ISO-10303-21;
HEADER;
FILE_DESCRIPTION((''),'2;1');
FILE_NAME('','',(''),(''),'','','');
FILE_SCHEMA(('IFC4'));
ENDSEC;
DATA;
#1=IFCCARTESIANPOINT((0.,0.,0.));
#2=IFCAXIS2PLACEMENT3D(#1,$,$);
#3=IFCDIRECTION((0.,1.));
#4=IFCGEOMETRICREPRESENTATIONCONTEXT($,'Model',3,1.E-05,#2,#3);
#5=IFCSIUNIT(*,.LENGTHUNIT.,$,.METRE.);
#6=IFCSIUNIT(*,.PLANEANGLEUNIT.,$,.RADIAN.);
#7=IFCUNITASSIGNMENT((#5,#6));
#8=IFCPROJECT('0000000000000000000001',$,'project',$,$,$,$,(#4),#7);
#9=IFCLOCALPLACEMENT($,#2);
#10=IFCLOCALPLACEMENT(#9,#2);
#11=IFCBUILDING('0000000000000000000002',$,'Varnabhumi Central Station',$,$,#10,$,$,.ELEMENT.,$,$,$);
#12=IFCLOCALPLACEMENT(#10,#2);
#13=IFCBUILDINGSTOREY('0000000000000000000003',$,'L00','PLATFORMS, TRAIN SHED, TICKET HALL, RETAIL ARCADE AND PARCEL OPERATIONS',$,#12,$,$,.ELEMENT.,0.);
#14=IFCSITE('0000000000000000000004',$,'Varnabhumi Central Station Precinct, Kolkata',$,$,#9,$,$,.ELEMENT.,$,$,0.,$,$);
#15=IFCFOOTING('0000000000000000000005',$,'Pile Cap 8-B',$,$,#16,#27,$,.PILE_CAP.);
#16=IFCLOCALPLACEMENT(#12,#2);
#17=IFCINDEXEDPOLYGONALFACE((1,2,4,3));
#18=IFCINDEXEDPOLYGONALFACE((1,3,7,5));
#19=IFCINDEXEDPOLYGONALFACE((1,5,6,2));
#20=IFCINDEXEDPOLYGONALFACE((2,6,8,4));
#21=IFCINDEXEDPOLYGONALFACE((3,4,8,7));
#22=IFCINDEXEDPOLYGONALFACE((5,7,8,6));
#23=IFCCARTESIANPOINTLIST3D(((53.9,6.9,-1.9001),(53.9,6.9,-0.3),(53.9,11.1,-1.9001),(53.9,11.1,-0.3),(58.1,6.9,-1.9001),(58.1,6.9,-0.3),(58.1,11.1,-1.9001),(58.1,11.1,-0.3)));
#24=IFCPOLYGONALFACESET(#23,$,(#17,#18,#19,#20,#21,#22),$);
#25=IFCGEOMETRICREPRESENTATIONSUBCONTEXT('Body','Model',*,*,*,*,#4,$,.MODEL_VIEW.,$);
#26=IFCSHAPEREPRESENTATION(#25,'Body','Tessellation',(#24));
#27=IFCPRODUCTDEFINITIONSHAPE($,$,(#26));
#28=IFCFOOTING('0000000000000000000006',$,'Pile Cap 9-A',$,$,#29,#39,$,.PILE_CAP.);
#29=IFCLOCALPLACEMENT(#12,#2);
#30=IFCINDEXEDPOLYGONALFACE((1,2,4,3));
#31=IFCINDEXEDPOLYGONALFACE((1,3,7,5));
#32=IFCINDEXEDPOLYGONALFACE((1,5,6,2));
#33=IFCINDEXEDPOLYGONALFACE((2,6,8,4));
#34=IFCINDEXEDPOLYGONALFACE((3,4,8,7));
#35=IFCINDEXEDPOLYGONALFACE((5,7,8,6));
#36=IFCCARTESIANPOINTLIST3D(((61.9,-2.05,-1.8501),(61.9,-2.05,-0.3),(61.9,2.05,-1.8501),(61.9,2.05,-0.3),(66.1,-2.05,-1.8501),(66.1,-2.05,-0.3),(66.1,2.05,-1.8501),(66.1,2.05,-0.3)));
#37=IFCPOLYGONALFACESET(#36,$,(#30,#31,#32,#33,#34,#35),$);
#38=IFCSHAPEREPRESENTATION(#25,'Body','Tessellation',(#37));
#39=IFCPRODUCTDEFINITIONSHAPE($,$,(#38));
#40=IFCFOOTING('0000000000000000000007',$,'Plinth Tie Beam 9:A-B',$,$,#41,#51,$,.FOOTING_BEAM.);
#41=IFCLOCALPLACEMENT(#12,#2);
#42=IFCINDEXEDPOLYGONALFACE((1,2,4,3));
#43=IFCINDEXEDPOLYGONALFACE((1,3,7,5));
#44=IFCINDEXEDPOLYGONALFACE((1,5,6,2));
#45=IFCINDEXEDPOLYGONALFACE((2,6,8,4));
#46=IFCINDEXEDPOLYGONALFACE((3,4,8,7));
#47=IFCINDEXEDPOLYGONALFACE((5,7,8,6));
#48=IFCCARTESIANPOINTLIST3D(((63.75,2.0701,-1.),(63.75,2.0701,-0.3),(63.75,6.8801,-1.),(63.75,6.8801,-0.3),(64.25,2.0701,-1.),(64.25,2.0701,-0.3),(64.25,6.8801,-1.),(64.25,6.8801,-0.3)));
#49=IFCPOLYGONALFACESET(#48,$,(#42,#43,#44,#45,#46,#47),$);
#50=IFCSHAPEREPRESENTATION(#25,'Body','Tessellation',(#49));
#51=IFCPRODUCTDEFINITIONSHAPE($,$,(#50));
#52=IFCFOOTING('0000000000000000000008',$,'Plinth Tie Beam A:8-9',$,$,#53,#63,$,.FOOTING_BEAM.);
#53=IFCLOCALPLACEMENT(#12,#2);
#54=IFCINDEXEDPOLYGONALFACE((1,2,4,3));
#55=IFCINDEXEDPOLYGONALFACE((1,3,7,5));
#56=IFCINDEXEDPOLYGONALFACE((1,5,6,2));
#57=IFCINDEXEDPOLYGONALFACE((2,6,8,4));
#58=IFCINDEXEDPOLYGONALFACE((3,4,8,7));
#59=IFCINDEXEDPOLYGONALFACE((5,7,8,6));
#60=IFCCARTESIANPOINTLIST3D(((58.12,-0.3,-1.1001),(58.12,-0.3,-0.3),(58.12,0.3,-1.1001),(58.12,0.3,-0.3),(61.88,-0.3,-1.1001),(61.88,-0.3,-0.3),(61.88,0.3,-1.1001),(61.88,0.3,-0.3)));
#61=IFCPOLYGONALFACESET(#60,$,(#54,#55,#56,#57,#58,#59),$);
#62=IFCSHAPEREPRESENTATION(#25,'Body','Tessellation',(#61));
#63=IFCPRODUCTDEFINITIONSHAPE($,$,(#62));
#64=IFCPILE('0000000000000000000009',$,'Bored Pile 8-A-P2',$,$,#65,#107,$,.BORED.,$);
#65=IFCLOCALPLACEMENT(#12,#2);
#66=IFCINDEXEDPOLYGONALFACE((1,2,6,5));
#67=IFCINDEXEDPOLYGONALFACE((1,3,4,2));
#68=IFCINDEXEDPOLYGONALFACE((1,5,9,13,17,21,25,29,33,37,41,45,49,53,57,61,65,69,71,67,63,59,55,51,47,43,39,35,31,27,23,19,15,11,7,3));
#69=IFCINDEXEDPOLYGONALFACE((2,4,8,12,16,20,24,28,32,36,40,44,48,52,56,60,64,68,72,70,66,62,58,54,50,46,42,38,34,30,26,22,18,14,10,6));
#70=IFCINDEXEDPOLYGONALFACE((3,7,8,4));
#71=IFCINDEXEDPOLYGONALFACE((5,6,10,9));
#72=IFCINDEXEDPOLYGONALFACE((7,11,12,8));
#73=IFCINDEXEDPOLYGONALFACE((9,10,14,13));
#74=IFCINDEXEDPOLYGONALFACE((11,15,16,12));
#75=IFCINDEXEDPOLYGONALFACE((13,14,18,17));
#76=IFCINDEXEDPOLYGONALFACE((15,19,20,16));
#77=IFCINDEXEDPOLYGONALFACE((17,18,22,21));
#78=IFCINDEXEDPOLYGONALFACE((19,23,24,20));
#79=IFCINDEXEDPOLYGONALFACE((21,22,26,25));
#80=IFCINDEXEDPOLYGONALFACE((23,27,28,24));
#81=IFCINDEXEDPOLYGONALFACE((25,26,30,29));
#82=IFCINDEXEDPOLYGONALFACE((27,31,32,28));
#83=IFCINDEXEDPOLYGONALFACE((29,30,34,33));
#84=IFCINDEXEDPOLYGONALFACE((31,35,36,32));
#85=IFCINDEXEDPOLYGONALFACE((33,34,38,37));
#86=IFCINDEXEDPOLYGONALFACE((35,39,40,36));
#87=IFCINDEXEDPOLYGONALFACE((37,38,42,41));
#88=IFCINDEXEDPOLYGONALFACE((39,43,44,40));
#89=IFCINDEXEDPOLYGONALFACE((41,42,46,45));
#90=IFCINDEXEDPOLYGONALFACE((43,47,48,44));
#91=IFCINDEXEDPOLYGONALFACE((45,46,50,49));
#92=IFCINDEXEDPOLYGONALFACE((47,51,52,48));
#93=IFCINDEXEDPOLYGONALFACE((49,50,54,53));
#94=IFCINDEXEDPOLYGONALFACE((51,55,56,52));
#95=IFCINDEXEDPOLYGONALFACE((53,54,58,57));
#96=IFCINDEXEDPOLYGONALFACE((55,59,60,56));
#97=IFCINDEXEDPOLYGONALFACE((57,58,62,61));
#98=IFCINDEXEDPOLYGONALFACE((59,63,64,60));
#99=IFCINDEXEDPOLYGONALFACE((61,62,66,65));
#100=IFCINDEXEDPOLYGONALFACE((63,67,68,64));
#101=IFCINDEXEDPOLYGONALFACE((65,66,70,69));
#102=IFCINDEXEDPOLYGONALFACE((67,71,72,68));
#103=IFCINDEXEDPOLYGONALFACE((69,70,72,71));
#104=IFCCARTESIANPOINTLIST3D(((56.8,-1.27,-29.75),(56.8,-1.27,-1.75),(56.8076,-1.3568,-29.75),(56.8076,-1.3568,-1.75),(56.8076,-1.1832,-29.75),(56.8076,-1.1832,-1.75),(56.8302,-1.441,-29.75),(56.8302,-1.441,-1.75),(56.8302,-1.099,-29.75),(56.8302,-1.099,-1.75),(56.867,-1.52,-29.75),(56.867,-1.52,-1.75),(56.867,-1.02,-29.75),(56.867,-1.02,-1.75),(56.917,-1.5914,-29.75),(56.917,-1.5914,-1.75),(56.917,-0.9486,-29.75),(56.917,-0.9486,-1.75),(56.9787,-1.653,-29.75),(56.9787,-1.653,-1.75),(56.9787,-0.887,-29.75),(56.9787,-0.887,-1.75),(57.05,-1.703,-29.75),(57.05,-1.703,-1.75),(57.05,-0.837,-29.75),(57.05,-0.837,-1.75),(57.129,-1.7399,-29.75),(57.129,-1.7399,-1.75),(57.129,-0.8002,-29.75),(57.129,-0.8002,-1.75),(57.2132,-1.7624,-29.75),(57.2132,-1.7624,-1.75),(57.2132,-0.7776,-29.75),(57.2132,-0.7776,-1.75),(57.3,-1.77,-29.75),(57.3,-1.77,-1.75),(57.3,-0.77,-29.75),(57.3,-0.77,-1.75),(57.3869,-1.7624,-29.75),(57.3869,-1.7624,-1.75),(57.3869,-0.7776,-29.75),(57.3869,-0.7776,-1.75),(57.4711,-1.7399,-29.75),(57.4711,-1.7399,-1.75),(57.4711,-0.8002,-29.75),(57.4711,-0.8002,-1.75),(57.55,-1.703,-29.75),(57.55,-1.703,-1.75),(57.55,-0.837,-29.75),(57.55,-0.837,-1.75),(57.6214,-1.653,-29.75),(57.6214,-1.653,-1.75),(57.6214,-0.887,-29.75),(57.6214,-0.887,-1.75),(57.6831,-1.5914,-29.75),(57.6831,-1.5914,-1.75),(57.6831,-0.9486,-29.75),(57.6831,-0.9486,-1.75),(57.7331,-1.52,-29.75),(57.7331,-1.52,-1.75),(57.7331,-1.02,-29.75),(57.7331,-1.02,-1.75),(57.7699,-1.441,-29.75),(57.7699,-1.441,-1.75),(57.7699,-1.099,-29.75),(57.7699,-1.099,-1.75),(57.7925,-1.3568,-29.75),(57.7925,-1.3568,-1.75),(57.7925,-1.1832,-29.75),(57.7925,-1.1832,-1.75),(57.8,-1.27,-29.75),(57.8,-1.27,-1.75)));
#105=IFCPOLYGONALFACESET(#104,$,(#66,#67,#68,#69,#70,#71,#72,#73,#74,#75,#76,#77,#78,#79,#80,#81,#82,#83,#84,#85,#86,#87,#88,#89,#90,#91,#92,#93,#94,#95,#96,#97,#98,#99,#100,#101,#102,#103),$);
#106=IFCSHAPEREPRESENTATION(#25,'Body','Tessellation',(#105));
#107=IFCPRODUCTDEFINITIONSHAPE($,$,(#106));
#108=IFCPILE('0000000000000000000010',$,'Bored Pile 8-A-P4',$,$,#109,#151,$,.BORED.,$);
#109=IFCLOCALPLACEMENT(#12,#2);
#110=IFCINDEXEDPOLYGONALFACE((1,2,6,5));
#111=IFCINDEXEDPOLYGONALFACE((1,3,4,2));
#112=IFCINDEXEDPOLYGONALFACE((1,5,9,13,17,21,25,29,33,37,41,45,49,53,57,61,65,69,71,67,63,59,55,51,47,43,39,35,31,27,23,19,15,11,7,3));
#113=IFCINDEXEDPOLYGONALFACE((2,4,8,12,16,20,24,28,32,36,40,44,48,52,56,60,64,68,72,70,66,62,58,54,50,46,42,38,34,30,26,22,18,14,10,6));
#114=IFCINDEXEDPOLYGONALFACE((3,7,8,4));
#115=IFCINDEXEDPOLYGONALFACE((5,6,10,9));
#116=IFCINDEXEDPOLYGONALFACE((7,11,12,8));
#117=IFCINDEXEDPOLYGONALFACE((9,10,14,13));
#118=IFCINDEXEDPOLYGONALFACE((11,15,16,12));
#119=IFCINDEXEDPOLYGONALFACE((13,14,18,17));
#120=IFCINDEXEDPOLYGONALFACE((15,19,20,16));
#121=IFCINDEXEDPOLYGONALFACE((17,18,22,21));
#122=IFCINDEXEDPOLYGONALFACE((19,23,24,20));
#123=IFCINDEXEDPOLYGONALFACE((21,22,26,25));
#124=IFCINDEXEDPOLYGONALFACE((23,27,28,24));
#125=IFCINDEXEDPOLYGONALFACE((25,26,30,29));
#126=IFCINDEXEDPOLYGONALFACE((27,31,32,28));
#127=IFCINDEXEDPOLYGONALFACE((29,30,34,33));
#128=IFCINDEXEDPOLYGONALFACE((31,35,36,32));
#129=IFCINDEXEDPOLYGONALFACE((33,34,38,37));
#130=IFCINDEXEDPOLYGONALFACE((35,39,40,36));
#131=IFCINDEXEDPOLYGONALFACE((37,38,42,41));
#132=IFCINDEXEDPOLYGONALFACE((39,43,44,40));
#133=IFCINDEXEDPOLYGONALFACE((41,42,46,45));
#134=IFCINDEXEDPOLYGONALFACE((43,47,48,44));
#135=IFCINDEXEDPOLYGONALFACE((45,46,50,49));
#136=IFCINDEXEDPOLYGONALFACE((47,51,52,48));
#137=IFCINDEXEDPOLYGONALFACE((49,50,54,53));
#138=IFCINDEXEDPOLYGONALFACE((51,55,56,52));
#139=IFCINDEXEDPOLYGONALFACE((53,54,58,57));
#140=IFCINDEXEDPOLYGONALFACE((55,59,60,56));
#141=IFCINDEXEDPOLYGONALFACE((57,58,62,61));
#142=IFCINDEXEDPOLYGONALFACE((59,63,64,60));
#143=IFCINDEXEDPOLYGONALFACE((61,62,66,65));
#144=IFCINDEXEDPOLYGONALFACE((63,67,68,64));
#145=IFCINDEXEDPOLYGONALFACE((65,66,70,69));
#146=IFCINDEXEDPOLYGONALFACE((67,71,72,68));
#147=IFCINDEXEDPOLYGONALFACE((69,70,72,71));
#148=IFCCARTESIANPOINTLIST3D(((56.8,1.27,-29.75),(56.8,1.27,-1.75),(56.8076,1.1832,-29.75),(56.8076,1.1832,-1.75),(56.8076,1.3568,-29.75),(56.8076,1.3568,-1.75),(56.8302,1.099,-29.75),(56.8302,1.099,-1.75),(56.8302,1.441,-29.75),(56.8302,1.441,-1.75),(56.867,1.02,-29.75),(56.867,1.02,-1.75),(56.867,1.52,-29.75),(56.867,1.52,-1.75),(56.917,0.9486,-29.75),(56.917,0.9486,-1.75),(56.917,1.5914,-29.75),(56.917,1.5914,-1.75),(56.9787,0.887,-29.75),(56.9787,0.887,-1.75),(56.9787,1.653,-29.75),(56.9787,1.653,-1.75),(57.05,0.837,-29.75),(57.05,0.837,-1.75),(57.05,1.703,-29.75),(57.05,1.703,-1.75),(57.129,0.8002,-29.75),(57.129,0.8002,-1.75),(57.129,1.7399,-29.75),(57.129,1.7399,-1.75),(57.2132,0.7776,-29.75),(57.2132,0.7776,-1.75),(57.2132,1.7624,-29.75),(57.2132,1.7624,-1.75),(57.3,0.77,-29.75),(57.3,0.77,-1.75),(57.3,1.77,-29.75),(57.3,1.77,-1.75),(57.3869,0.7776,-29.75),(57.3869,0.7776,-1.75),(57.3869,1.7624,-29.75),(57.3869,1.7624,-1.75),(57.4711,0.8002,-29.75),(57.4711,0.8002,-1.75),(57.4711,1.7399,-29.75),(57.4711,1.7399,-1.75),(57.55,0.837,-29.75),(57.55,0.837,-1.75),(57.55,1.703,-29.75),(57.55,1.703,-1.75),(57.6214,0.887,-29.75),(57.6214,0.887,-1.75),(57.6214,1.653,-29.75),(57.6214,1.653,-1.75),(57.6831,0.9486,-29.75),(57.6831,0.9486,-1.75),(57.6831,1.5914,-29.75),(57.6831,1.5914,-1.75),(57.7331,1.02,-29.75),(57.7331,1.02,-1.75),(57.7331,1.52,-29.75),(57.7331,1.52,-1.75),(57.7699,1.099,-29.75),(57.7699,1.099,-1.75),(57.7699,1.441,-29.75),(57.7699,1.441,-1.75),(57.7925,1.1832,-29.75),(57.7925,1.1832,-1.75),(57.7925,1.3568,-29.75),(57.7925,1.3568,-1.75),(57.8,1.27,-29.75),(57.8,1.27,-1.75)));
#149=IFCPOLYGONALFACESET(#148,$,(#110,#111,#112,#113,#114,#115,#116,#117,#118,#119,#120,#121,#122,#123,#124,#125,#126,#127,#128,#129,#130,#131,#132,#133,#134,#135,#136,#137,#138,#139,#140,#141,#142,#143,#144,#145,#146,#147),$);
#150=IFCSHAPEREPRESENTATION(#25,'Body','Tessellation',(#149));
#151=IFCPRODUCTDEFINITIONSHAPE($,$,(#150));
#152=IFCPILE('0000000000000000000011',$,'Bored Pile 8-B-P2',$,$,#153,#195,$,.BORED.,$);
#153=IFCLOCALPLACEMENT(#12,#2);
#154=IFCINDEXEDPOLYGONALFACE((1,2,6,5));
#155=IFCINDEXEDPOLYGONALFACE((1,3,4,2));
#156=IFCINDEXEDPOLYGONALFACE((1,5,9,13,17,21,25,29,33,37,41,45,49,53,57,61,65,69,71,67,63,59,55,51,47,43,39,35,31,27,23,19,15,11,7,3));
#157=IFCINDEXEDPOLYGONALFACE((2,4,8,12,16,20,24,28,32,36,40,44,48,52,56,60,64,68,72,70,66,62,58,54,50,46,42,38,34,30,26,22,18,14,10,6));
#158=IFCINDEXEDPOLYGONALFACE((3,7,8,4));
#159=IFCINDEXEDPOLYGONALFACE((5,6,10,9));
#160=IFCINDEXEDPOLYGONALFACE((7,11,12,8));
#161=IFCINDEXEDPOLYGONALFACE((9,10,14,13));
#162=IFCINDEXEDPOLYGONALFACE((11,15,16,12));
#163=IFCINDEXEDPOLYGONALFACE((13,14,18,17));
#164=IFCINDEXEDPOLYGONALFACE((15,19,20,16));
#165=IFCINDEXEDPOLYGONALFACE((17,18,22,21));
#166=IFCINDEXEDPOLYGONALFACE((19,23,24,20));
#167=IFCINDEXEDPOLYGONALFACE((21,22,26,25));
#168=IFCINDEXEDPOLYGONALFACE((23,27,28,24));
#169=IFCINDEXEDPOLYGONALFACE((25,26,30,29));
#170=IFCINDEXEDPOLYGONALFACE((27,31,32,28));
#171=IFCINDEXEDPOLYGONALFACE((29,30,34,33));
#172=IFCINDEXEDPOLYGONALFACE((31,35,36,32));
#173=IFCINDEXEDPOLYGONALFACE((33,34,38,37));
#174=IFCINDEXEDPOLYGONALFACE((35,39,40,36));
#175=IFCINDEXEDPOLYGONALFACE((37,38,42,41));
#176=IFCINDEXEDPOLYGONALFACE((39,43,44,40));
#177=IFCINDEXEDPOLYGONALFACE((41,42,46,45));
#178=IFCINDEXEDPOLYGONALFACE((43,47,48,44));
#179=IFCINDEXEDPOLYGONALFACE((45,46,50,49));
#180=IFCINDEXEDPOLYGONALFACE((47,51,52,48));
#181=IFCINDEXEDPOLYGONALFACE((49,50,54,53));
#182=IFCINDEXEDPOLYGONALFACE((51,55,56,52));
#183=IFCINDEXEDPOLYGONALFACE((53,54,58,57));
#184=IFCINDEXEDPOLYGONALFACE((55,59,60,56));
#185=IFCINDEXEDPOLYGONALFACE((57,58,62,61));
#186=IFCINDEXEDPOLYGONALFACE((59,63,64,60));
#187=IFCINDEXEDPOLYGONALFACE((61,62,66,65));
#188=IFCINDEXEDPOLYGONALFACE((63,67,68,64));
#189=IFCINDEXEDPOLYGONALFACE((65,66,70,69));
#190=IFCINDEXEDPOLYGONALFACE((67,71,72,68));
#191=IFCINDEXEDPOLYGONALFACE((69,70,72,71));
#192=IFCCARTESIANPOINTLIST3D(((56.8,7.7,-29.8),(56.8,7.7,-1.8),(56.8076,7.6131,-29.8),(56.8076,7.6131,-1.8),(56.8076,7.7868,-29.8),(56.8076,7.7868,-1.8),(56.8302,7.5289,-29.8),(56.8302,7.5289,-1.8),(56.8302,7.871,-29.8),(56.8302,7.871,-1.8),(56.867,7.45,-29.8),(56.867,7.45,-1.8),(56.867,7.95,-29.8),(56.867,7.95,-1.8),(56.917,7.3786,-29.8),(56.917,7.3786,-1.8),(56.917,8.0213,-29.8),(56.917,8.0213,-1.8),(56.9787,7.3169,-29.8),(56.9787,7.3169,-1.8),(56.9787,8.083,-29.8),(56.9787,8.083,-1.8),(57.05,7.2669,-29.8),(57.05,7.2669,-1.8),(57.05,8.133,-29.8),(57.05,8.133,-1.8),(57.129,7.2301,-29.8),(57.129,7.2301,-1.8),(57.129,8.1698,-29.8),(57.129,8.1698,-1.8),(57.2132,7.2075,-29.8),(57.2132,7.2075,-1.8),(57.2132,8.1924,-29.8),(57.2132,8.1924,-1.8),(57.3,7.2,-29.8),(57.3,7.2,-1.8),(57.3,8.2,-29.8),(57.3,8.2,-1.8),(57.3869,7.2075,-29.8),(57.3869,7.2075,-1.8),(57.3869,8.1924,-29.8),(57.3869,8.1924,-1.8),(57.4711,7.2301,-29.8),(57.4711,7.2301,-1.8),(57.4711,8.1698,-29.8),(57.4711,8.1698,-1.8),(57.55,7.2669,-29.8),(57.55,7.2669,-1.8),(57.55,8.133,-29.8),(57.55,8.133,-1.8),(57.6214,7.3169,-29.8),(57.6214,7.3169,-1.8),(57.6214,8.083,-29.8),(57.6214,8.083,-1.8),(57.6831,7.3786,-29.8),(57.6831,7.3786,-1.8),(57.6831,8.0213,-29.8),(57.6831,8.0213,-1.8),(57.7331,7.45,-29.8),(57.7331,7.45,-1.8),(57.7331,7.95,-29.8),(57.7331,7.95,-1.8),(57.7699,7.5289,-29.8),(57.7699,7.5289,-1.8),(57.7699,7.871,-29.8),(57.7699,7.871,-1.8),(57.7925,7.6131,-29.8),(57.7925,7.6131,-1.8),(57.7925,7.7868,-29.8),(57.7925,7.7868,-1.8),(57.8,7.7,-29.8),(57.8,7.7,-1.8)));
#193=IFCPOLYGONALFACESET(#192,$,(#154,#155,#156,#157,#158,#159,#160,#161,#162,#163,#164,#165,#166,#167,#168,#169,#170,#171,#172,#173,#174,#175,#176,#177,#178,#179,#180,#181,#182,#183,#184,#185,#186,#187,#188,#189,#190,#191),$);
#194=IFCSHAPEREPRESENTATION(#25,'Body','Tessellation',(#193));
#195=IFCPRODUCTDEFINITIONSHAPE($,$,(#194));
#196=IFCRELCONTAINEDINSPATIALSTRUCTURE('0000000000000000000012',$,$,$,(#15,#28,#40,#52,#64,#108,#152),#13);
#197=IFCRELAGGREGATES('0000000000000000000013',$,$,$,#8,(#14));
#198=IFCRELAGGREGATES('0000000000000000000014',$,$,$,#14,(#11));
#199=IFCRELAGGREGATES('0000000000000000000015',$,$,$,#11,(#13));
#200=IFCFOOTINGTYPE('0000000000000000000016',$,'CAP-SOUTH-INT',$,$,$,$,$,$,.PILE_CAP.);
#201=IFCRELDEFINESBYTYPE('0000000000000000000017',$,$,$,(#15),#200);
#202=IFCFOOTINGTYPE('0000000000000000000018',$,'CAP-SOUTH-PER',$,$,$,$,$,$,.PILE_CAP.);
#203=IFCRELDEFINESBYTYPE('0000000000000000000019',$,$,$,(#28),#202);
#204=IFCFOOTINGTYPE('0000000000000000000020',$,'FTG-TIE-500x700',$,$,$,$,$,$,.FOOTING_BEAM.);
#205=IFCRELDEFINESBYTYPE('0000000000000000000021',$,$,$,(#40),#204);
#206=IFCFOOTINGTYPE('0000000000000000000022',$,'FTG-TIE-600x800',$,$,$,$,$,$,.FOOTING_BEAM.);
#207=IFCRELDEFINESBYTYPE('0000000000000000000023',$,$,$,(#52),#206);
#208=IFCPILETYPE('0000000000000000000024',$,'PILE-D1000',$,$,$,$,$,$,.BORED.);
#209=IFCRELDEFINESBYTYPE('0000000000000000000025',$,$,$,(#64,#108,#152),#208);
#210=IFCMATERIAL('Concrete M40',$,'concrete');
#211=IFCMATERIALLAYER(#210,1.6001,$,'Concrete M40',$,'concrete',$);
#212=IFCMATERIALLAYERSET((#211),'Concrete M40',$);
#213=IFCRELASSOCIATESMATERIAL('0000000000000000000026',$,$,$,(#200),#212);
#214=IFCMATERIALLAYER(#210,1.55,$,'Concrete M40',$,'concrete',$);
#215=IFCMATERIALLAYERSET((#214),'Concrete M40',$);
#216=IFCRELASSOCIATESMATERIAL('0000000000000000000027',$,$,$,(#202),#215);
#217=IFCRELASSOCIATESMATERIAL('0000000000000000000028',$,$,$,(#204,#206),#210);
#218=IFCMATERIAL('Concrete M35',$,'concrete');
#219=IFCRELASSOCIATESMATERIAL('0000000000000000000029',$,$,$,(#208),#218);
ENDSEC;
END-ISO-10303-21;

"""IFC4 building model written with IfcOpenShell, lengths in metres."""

from ifc_helpers import new_model, si_unit, direction, frame, origin, origin_2d, place, context, subcontext, project, spatial, rectangle, circle, extrude, material, layer, layer_set, material_profile, profile_set, type_object, element, save


model = new_model("IFC4")

# Units and contexts
model_context = context("Model", 3, precision=1e-05, world=origin(), true_north=direction((0.0, 1.0)))
body_context = subcontext(model_context, "Body", "Model", "MODEL_VIEW")
ifc_project = project(units=[si_unit("LENGTHUNIT", "METRE"), si_unit("PLANEANGLEUNIT", "RADIAN")], contexts=[model_context])

# Site, building, storey
site_placement = place(None, origin())
site = spatial("IfcSite", under=ifc_project, at=site_placement, Name="Varnabhumi Central Station Precinct, Kolkata", CompositionType="ELEMENT", RefElevation=0.0)
building_placement = place(site_placement, origin())
building = spatial("IfcBuilding", under=site, at=building_placement, Name="Varnabhumi Central Station", CompositionType="ELEMENT")
storey_placement = place(building_placement, origin())
storey = spatial("IfcBuildingStorey", under=building, at=storey_placement, Name="L00", Description="PLATFORMS, TRAIN SHED, TICKET HALL, RETAIL ARCADE AND PARCEL OPERATIONS", CompositionType="ELEMENT", Elevation=0.0)

# Footings
ifc_material_1 = material(Name="Concrete M40", Category="concrete")
ifc_layer_1 = layer(ifc_material_1, 1.6001, Name="Concrete M40", Category="concrete")
ifc_layer_set_1 = layer_set([ifc_layer_1], Name="Concrete M40")
footing_type_1 = type_object("IfcFootingType", Name="CAP-SOUTH-INT", PredefinedType="PILE_CAP", material=ifc_layer_set_1)
footing_1_placement = place(storey_placement, frame((56.0, 9.0, -1.9001), z_axis=(0.0, 0.0, 1.0), x_axis=(1.0, 0.0, 0.0)))
element("IfcFooting", 1, at=footing_1_placement, inside=storey, type_object=footing_type_1, Name="Pile Cap 8-B", PredefinedType="PILE_CAP", context=body_context, shape_type="SweptSolid", body=[
    extrude(rectangle(XDim=4.2, YDim=4.2, at=origin_2d()), origin(), (0.0, 0.0, 1.0), 1.6001),
])
ifc_layer_2 = layer(ifc_material_1, 1.55, Name="Concrete M40", Category="concrete")
ifc_layer_set_2 = layer_set([ifc_layer_2], Name="Concrete M40")
footing_type_2 = type_object("IfcFootingType", Name="CAP-SOUTH-PER", PredefinedType="PILE_CAP", material=ifc_layer_set_2)
footing_2_placement = place(storey_placement, frame((64.0, 0.0, -1.8501), z_axis=(0.0, 0.0, 1.0), x_axis=(1.0, 0.0, 0.0)))
element("IfcFooting", 2, at=footing_2_placement, inside=storey, type_object=footing_type_2, Name="Pile Cap 9-A", PredefinedType="PILE_CAP", context=body_context, shape_type="SweptSolid", body=[
    extrude(rectangle(XDim=4.2, YDim=4.1001, at=origin_2d()), origin(), (0.0, 0.0, 1.0), 1.55),
])
footing_type_3 = type_object("IfcFootingType", Name="FTG-TIE-500x700", PredefinedType="FOOTING_BEAM", material=ifc_material_1)
footing_3_placement = place(storey_placement, frame((64.0, 4.4751, -1.0), z_axis=(0.0, 0.0, 1.0), x_axis=(1.0, 0.0, 0.0)))
element("IfcFooting", 3, at=footing_3_placement, inside=storey, type_object=footing_type_3, Name="Plinth Tie Beam 9:A-B", PredefinedType="FOOTING_BEAM", context=body_context, shape_type="SweptSolid", body=[
    extrude(rectangle(XDim=0.5, YDim=4.8101, at=origin_2d()), origin(), (0.0, 0.0, 1.0), 0.7),
])
footing_type_4 = type_object("IfcFootingType", Name="FTG-TIE-600x800", PredefinedType="FOOTING_BEAM", material=ifc_material_1)
footing_4_placement = place(storey_placement, frame((60.0, 0.0, -1.1001), z_axis=(0.0, 0.0, 1.0), x_axis=(1.0, 0.0, 0.0)))
element("IfcFooting", 4, at=footing_4_placement, inside=storey, type_object=footing_type_4, Name="Plinth Tie Beam A:8-9", PredefinedType="FOOTING_BEAM", context=body_context, shape_type="SweptSolid", body=[
    extrude(rectangle(XDim=3.76, YDim=0.6001, at=origin_2d()), origin(), (0.0, 0.0, 1.0), 0.8),
])

# Piles
ifc_material_2 = material(Name="Concrete M35", Category="concrete")
ifc_material_profile_1 = material_profile(ifc_material_2, circle(Radius=0.5, at=origin_2d()), Name="Concrete M35", Category="concrete")
ifc_profile_set_1 = profile_set([ifc_material_profile_1], Name="Concrete M35")
pile_type = type_object("IfcPileType", Name="PILE-D1000", PredefinedType="BORED", material=ifc_profile_set_1)
for number, where, z_axis, x_axis, name in (
    (5, (57.3, -1.27, -1.75), (0.0, 0.0, -1.0), (1.0, 0.0, 0.0), "Bored Pile 8-A-P2"),
    (6, (57.3, 1.27, -1.75), (0.0, 0.0, -1.0), (1.0, 0.0, 0.0), "Bored Pile 8-A-P4"),
    (7, (57.3, 7.7, -1.8), (0.0, 0.0, -1.0), (1.0, 0.0, 0.0), "Bored Pile 8-B-P2"),
):
    element("IfcPile", number, at=place(storey_placement, frame(where, z_axis=z_axis, x_axis=x_axis)), inside=storey, type_object=pile_type, Name=name, PredefinedType="BORED", context=body_context, shape_type="SweptSolid", body=[
        extrude(circle(Radius=0.5, at=origin_2d()), origin(), (0.0, 0.0, 1.0), 28.0),
    ])

save(model, "model.ifc")
